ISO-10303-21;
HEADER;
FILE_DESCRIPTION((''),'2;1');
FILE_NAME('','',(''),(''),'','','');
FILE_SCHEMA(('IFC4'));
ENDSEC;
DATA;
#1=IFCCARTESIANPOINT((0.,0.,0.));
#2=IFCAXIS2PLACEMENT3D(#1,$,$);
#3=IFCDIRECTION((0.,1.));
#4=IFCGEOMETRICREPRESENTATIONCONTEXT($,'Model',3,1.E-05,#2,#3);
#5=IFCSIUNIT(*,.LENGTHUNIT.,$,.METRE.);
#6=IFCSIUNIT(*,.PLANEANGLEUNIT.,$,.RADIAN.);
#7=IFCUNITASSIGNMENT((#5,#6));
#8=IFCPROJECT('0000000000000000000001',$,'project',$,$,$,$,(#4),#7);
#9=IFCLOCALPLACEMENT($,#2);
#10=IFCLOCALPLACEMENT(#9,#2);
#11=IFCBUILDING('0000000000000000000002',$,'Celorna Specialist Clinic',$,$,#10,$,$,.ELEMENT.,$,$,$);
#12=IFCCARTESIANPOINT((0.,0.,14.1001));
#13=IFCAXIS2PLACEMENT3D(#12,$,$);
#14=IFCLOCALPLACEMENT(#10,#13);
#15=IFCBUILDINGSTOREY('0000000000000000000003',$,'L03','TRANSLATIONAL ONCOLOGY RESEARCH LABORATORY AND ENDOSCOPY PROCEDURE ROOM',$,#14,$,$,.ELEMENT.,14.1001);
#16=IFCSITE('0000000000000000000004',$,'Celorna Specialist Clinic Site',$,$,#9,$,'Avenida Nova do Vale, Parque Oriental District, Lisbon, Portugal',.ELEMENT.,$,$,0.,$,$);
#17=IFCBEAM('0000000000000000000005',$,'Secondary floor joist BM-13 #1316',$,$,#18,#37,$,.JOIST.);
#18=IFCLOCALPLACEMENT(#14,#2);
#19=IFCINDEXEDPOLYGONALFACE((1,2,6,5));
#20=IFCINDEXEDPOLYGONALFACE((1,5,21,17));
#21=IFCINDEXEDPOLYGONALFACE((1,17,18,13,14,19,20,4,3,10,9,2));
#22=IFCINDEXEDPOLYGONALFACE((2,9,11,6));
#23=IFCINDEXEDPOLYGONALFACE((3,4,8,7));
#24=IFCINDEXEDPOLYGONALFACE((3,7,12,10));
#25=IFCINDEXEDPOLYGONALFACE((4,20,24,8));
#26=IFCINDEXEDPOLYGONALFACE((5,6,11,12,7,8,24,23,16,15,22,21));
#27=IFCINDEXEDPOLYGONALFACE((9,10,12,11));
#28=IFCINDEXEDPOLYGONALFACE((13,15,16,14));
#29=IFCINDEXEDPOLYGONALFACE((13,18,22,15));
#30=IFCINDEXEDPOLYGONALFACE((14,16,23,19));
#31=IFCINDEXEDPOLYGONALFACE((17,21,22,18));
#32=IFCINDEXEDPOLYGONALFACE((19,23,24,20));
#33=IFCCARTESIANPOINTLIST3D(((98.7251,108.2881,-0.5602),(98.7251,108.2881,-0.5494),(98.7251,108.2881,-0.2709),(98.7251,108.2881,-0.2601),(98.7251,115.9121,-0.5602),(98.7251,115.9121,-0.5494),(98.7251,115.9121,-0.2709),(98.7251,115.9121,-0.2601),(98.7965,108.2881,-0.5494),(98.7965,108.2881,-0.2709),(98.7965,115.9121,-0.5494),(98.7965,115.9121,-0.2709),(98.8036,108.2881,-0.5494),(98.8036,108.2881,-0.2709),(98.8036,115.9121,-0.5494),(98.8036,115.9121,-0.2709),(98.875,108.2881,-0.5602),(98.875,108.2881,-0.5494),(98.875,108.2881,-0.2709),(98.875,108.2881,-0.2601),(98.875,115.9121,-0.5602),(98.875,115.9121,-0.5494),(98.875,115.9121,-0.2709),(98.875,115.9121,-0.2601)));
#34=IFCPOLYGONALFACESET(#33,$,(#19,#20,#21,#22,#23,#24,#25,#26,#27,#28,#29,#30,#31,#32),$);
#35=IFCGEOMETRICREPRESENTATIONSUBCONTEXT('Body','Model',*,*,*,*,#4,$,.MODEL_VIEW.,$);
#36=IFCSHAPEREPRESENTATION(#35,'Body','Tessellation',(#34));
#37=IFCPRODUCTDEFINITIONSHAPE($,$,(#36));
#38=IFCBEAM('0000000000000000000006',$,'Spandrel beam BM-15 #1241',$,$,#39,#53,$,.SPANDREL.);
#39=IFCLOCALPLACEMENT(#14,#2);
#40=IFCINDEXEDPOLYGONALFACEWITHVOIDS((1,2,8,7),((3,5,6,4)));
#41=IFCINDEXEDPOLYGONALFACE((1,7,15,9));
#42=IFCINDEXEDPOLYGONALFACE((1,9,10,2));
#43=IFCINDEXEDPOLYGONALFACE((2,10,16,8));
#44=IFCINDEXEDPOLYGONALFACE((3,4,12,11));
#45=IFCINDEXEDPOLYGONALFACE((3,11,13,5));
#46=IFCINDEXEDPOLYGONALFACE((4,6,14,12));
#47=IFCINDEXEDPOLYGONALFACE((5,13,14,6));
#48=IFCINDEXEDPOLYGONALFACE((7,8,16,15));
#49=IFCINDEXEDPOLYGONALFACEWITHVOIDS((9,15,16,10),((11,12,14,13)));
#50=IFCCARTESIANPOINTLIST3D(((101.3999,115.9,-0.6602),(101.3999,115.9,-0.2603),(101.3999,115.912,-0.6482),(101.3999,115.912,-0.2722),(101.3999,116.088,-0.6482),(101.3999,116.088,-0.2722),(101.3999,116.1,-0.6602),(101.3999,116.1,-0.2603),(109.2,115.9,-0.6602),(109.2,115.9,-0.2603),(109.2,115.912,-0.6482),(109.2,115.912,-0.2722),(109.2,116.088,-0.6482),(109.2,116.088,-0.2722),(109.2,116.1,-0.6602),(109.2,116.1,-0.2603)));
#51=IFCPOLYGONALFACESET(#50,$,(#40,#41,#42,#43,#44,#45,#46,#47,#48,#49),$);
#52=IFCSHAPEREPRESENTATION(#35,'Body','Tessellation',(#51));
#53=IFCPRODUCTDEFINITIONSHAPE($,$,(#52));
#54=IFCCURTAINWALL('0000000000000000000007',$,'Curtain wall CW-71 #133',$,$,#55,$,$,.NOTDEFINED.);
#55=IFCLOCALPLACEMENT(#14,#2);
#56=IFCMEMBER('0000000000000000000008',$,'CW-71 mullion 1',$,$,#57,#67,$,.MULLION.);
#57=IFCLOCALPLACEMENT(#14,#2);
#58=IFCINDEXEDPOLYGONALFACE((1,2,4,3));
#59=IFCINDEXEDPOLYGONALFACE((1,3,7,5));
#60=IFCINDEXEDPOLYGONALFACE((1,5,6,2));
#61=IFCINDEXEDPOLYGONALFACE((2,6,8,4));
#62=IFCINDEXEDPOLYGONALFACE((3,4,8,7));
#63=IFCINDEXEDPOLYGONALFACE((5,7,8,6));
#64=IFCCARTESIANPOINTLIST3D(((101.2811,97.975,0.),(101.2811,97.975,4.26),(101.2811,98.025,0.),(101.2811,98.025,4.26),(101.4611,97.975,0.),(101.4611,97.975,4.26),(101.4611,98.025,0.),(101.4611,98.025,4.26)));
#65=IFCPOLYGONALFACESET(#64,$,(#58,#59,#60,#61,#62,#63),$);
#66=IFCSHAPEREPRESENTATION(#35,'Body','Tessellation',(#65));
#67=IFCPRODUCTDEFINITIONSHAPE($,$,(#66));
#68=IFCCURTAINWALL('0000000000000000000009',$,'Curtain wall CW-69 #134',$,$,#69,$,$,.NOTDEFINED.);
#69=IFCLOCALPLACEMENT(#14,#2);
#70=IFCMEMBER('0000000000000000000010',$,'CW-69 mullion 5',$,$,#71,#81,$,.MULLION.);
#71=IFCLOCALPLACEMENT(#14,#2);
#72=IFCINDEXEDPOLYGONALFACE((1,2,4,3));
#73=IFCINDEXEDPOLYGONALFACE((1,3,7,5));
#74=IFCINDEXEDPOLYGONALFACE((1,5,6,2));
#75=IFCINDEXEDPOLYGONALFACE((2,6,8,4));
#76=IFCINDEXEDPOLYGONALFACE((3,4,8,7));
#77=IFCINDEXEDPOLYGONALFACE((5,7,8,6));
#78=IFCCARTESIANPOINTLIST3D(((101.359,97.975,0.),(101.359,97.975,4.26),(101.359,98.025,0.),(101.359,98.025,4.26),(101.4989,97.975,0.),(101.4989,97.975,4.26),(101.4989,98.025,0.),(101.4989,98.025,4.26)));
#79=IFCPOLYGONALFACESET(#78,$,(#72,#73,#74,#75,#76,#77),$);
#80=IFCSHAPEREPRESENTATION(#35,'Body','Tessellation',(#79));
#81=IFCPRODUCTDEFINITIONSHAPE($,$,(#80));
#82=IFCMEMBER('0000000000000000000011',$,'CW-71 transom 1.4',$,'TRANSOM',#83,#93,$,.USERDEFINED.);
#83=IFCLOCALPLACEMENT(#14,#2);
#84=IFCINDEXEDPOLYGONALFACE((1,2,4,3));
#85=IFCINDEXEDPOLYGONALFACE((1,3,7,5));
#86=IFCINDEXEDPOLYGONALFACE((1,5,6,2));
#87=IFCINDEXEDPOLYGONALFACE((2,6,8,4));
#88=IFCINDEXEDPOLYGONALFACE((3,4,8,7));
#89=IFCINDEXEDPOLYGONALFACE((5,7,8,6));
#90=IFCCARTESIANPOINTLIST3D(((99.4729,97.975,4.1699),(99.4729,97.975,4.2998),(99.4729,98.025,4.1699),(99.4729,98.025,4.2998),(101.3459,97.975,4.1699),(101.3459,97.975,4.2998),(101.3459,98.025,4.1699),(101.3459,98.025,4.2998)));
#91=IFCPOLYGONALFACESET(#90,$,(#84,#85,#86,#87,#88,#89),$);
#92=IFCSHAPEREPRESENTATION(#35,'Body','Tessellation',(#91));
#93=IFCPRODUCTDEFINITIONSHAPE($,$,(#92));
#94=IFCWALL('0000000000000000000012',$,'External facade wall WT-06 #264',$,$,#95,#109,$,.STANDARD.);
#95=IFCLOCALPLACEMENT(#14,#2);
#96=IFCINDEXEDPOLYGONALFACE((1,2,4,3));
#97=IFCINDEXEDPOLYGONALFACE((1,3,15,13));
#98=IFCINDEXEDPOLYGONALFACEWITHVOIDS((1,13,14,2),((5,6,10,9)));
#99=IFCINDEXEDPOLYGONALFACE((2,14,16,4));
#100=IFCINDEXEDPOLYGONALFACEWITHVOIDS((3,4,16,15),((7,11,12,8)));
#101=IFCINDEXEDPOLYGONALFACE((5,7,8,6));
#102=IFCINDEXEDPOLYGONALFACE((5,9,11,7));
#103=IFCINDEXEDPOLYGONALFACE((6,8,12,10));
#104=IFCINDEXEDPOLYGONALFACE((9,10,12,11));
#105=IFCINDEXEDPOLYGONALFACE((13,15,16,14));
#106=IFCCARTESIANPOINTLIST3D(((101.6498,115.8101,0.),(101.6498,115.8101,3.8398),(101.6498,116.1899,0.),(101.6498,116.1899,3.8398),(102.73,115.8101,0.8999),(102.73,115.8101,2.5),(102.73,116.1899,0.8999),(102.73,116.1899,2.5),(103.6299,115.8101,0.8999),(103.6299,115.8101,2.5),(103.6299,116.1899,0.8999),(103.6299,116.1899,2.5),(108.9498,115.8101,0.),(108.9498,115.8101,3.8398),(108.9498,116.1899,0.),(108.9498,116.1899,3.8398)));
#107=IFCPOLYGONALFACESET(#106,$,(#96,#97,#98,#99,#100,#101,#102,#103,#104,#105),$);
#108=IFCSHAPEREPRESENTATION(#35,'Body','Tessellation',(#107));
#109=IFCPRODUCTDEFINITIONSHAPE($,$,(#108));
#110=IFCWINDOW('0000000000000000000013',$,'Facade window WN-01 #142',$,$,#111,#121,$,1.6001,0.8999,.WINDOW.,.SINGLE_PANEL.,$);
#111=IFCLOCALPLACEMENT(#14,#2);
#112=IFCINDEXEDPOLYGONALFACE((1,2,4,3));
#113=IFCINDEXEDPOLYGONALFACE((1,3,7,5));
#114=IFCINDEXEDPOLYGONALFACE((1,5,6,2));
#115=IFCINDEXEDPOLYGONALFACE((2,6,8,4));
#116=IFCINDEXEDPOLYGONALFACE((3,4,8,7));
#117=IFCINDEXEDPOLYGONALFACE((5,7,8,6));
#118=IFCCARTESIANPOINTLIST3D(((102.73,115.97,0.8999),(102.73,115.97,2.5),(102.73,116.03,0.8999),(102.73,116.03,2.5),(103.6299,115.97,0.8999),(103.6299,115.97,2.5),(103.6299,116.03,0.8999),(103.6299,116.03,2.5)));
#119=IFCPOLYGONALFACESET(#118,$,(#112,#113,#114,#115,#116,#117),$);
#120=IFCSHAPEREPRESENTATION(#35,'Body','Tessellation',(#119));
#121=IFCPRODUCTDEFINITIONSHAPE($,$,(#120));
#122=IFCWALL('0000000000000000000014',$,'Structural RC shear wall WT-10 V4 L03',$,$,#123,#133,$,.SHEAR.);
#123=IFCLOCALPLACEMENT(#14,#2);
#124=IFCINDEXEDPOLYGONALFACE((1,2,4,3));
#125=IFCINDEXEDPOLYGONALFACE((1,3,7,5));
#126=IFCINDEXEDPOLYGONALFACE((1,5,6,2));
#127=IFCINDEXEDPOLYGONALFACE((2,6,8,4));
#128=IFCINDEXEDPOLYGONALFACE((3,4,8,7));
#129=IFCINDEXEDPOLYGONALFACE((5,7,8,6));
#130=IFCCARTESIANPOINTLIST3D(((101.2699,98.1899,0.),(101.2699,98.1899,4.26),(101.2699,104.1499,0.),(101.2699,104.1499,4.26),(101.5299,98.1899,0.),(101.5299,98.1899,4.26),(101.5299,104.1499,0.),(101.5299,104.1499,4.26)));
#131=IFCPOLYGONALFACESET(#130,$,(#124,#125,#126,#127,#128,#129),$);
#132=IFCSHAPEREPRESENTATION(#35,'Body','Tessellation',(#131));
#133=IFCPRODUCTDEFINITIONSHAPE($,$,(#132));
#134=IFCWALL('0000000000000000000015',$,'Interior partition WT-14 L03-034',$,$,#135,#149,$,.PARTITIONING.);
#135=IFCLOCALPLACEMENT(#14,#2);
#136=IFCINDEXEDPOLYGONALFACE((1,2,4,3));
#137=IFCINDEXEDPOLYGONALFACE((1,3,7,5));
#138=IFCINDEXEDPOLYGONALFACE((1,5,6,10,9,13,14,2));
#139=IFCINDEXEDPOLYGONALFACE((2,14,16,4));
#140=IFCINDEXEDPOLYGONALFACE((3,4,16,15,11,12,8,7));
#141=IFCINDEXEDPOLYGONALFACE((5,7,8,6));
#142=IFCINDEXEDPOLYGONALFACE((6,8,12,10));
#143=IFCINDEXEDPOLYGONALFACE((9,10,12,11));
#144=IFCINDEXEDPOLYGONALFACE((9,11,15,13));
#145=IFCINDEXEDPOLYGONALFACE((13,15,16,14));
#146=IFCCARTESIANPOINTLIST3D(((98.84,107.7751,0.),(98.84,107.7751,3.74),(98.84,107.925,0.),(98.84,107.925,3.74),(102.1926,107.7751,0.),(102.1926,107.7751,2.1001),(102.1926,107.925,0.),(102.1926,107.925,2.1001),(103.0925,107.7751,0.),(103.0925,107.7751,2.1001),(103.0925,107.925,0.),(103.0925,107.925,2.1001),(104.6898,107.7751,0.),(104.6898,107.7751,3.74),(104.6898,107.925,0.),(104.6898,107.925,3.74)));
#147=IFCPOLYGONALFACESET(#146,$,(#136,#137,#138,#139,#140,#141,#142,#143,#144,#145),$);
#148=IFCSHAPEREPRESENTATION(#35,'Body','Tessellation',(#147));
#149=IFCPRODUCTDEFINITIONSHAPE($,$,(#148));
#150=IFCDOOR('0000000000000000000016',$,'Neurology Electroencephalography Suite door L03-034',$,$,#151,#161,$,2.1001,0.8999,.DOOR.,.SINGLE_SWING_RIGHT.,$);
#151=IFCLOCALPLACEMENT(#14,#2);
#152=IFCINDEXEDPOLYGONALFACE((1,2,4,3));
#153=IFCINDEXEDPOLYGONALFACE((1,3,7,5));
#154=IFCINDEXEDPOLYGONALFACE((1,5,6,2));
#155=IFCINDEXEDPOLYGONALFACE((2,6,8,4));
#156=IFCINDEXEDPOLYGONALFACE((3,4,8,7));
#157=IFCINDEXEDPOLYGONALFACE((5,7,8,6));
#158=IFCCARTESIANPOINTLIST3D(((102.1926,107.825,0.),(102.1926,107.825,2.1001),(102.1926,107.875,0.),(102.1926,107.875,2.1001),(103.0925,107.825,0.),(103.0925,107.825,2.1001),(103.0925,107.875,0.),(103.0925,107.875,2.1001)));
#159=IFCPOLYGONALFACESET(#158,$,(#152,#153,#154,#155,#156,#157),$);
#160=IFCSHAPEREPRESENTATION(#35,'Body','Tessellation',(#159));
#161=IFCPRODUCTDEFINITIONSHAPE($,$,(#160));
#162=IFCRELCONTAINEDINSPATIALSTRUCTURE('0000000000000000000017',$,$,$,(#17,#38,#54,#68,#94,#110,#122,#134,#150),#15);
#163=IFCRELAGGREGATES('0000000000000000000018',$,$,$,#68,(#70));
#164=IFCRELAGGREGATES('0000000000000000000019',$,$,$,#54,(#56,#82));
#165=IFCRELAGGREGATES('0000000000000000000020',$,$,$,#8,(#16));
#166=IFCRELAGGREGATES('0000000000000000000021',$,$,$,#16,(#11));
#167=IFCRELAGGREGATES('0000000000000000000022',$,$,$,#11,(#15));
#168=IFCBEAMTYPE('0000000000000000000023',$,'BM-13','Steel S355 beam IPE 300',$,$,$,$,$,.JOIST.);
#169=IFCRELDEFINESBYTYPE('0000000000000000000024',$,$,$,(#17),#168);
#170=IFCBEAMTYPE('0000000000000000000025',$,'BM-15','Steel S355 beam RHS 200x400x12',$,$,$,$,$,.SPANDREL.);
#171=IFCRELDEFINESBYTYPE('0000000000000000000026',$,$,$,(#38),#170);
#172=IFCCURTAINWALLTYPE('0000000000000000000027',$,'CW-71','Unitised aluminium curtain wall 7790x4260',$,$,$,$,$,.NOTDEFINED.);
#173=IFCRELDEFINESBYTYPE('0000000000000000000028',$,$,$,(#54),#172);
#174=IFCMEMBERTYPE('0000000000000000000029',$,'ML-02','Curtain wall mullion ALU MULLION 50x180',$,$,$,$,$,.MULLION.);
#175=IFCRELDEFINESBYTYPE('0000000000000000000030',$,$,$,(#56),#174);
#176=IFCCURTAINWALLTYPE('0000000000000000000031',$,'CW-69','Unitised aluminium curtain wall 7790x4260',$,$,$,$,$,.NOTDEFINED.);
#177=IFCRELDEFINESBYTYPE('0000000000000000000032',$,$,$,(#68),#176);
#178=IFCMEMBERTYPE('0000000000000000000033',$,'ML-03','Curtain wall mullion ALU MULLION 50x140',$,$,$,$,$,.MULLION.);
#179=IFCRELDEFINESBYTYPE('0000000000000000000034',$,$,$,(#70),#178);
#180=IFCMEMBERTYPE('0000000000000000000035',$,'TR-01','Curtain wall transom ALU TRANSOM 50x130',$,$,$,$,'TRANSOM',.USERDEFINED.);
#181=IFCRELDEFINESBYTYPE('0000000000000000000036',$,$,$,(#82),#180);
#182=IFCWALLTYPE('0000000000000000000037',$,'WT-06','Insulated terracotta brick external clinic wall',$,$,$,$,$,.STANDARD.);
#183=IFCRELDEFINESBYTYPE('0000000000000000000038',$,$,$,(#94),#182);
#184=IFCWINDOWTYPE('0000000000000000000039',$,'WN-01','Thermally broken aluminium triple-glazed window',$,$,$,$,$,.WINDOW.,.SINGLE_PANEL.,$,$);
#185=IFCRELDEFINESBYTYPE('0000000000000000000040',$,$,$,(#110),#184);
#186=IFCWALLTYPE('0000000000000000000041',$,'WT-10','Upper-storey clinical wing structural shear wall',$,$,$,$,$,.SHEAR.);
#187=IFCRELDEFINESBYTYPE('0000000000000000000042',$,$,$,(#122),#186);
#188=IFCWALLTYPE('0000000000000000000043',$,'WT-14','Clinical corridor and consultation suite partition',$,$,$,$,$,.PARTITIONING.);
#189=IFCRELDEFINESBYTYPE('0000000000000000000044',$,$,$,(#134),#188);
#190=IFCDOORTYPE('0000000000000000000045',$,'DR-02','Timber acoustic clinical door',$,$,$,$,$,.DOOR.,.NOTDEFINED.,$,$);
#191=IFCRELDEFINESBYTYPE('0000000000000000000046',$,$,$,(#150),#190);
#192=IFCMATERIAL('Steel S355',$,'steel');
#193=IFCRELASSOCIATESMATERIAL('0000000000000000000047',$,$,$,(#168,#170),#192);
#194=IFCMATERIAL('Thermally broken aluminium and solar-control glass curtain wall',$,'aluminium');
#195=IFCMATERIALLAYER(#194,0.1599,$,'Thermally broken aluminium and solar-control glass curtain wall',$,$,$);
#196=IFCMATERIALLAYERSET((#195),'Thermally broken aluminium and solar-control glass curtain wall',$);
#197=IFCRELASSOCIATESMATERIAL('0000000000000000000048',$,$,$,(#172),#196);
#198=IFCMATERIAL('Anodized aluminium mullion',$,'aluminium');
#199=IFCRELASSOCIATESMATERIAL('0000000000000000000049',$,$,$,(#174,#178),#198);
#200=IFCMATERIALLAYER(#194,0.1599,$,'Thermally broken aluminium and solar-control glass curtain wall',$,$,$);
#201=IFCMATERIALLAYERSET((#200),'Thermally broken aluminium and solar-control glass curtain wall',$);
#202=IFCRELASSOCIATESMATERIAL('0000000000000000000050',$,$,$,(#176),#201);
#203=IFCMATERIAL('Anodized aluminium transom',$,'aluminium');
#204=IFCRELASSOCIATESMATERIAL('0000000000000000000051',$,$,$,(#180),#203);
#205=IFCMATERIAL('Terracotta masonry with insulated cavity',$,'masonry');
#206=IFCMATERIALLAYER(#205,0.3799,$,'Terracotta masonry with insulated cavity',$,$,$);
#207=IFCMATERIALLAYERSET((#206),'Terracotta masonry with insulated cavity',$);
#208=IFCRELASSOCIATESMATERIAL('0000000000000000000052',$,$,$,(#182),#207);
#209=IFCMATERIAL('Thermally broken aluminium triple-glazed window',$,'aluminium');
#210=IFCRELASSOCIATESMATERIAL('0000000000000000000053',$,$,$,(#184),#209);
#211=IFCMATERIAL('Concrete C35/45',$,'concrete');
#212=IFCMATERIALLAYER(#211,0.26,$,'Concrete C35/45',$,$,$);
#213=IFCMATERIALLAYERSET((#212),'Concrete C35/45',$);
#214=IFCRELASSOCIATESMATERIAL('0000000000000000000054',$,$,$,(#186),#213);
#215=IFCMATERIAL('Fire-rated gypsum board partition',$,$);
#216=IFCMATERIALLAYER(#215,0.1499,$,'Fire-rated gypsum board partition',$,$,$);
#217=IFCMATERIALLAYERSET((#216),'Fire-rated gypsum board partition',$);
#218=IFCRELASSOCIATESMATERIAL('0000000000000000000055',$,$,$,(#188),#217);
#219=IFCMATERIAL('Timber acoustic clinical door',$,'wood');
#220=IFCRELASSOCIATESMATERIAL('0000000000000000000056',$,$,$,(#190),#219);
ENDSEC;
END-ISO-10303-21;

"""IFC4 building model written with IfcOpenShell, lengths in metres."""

from ifc_helpers import new_model, si_unit, direction, frame, frame_2d, origin, origin_2d, place, context, subcontext, project, spatial, rectangle, hollow_rectangle, i_section, extrude, material, layer, layer_set, material_profile, profile_set, type_object, element, fill, aggregate, save


model = new_model("IFC4")

# Units and contexts
model_context = context("Model", 3, precision=1e-05, world=origin(), true_north=direction((0.0, 1.0)))
body_context = subcontext(model_context, "Body", "Model", "MODEL_VIEW")
ifc_project = project(units=[si_unit("LENGTHUNIT", "METRE"), si_unit("PLANEANGLEUNIT", "RADIAN")], contexts=[model_context])

# Site, building, storey
site_placement = place(None, origin())
site = spatial("IfcSite", under=ifc_project, at=site_placement, Name="Celorna Specialist Clinic Site", LongName="Avenida Nova do Vale, Parque Oriental District, Lisbon, Portugal", CompositionType="ELEMENT", RefElevation=0.0)
building_placement = place(site_placement, origin())
building = spatial("IfcBuilding", under=site, at=building_placement, Name="Celorna Specialist Clinic", CompositionType="ELEMENT")
storey_placement = place(building_placement, frame((0.0, 0.0, 14.1001)))
storey = spatial("IfcBuildingStorey", under=building, at=storey_placement, Name="L03", Description="TRANSLATIONAL ONCOLOGY RESEARCH LABORATORY AND ENDOSCOPY PROCEDURE ROOM", CompositionType="ELEMENT", Elevation=14.1001)

# Shared definitions
ifc_material_1 = material(Name="Concrete C35/45", Category="concrete")

# Beams
ifc_material_2 = material(Name="Steel S355", Category="steel")
ifc_material_profile_1 = material_profile(ifc_material_2, i_section(OverallWidth=0.1499, OverallDepth=0.3, WebThickness=0.0071, FlangeThickness=0.0107, at=origin_2d()), Name="IPE 300")
ifc_profile_set_1 = profile_set([ifc_material_profile_1], Name="Steel S355")
beam_type_1 = type_object("IfcBeamType", Name="BM-13", Description="Steel S355 beam IPE 300", PredefinedType="JOIST", material=ifc_profile_set_1)
for number, where, z_axis, x_axis, name in (
    (1, (98.8, 108.2881, -0.4102), (0.0, 1.0, 0.0), (-1.0, 0.0, 0.0), "Secondary floor joist BM-13 #1316"),
):
    element("IfcBeam", number, at=place(storey_placement, frame(where, z_axis=z_axis, x_axis=x_axis)), inside=storey, type_object=beam_type_1, Name=name, PredefinedType="JOIST", context=body_context, shape_type="SweptSolid", body=[
        extrude(i_section(OverallWidth=0.1499, OverallDepth=0.3, WebThickness=0.0071, FlangeThickness=0.0107, at=origin_2d()), origin(), (0.0, 0.0, 1.0), 7.624),
    ])
ifc_material_profile_2 = material_profile(ifc_material_2, hollow_rectangle(XDim=0.2, YDim=0.3999, WallThickness=0.012, at=origin_2d()), Name="RHS 200x400x12")
ifc_profile_set_2 = profile_set([ifc_material_profile_2], Name="Steel S355")
beam_type_2 = type_object("IfcBeamType", Name="BM-15", Description="Steel S355 beam RHS 200x400x12", PredefinedType="SPANDREL", material=ifc_profile_set_2)
beam_1_placement = place(storey_placement, frame((101.3999, 116.0, -0.4602), z_axis=(1.0, 0.0, 0.0), x_axis=(0.0, 1.0, 0.0)))
element("IfcBeam", 2, at=beam_1_placement, inside=storey, type_object=beam_type_2, Name="Spandrel beam BM-15 #1241", PredefinedType="SPANDREL", context=body_context, shape_type="SweptSolid", body=[
    extrude(hollow_rectangle(XDim=0.2, YDim=0.3999, WallThickness=0.012, at=origin_2d()), origin(), (0.0, 0.0, 1.0), 7.8),
])

# Curtain walls, members
ifc_material_3 = material(Name="Thermally broken aluminium and solar-control glass curtain wall", Category="aluminium")
ifc_layer_1 = layer(ifc_material_3, 0.1599, Name="Thermally broken aluminium and solar-control glass curtain wall")
ifc_layer_set_1 = layer_set([ifc_layer_1], Name="Thermally broken aluminium and solar-control glass curtain wall")
curtain_wall_type_1 = type_object("IfcCurtainWallType", Name="CW-71", Description="Unitised aluminium curtain wall 7790x4260", PredefinedType="NOTDEFINED", material=ifc_layer_set_1)
curtain_wall_1_placement = place(storey_placement, origin())
curtain_wall_1 = element("IfcCurtainWall", 3, at=curtain_wall_1_placement, inside=storey, type_object=curtain_wall_type_1, Name="Curtain wall CW-71 #133", PredefinedType="NOTDEFINED")
ifc_material_4 = material(Name="Anodized aluminium mullion", Category="aluminium")
ifc_material_profile_3 = material_profile(ifc_material_4, rectangle(XDim=0.05, YDim=0.1799, at=origin_2d()), Name="ALU MULLION 50x180")
ifc_profile_set_3 = profile_set([ifc_material_profile_3], Name="Anodized aluminium mullion")
member_type_1 = type_object("IfcMemberType", Name="ML-02", Description="Curtain wall mullion ALU MULLION 50x180", PredefinedType="MULLION", material=ifc_profile_set_3)
member_1_placement = place(storey_placement, frame((101.3711, 98.0, 0.0), z_axis=(0.0, 0.0, 1.0), x_axis=(0.0, -1.0, 0.0)))
member_1 = element("IfcMember", 4, at=member_1_placement, type_object=member_type_1, Name="CW-71 mullion 1", PredefinedType="MULLION", context=body_context, shape_type="SweptSolid", body=[
    extrude(rectangle(XDim=0.05, YDim=0.1799, at=origin_2d()), origin(), (0.0, 0.0, 1.0), 4.26),
])
ifc_layer_2 = layer(ifc_material_3, 0.1599, Name="Thermally broken aluminium and solar-control glass curtain wall")
ifc_layer_set_2 = layer_set([ifc_layer_2], Name="Thermally broken aluminium and solar-control glass curtain wall")
curtain_wall_type_2 = type_object("IfcCurtainWallType", Name="CW-69", Description="Unitised aluminium curtain wall 7790x4260", PredefinedType="NOTDEFINED", material=ifc_layer_set_2)
curtain_wall_2_placement = place(storey_placement, origin())
curtain_wall_2 = element("IfcCurtainWall", 5, at=curtain_wall_2_placement, inside=storey, type_object=curtain_wall_type_2, Name="Curtain wall CW-69 #134", PredefinedType="NOTDEFINED")
ifc_material_profile_4 = material_profile(ifc_material_4, rectangle(XDim=0.05, YDim=0.1399, at=origin_2d()), Name="ALU MULLION 50x140")
ifc_profile_set_4 = profile_set([ifc_material_profile_4], Name="Anodized aluminium mullion")
member_type_2 = type_object("IfcMemberType", Name="ML-03", Description="Curtain wall mullion ALU MULLION 50x140", PredefinedType="MULLION", material=ifc_profile_set_4)
member_2_placement = place(storey_placement, frame((101.429, 98.0, 0.0), z_axis=(0.0, 0.0, 1.0), x_axis=(0.0, -1.0, 0.0)))
member_2 = element("IfcMember", 6, at=member_2_placement, type_object=member_type_2, Name="CW-69 mullion 5", PredefinedType="MULLION", context=body_context, shape_type="SweptSolid", body=[
    extrude(rectangle(XDim=0.05, YDim=0.1399, at=origin_2d()), origin(), (0.0, 0.0, 1.0), 4.26),
])
aggregate(curtain_wall_2, [member_2])

# Member
ifc_material_5 = material(Name="Anodized aluminium transom", Category="aluminium")
ifc_material_profile_5 = material_profile(ifc_material_5, rectangle(XDim=0.05, YDim=0.1299, at=origin_2d()), Name="ALU TRANSOM 50x130")
ifc_profile_set_5 = profile_set([ifc_material_profile_5], Name="Anodized aluminium transom")
member_type_3 = type_object("IfcMemberType", Name="TR-01", Description="Curtain wall transom ALU TRANSOM 50x130", ElementType="TRANSOM", PredefinedType="USERDEFINED", material=ifc_profile_set_5)
member_3_placement = place(storey_placement, frame((101.3459, 98.0, 4.2349), z_axis=(-1.0, 0.0, 0.0), x_axis=(0.0, -1.0, 0.0)))
member_3 = element("IfcMember", 7, at=member_3_placement, type_object=member_type_3, Name="CW-71 transom 1.4", ObjectType="TRANSOM", PredefinedType="USERDEFINED", context=body_context, shape_type="SweptSolid", body=[
    extrude(rectangle(XDim=0.05, YDim=0.1299, at=origin_2d()), origin(), (0.0, 0.0, 1.0), 1.873),
])
aggregate(curtain_wall_1, [member_1, member_3])

# Wall, opening, window
ifc_material_6 = material(Name="Terracotta masonry with insulated cavity", Category="masonry")
ifc_layer_3 = layer(ifc_material_6, 0.3799, Name="Terracotta masonry with insulated cavity")
ifc_layer_set_3 = layer_set([ifc_layer_3], Name="Terracotta masonry with insulated cavity")
wall_type_1 = type_object("IfcWallType", Name="WT-06", Description="Insulated terracotta brick external clinic wall", PredefinedType="STANDARD", material=ifc_layer_set_3)
wall_1_placement = place(storey_placement, frame((101.6499, 116.0, 0.0), z_axis=(0.0, 0.0, 1.0), x_axis=(1.0, 0.0, 0.0)))
wall_1 = element("IfcWall", 8, at=wall_1_placement, inside=storey, type_object=wall_type_1, Name="External facade wall WT-06 #264", PredefinedType="STANDARD", context=body_context, shape_type="SweptSolid", body=[
    extrude(rectangle(XDim=7.3, YDim=0.3799, at=frame_2d((3.6499, 0.0))), origin(), (0.0, 0.0, 1.0), 3.8398),
])
opening_1_placement = place(wall_1_placement, frame((1.0801, 0.0, 0.8999)))
opening_1 = element("IfcOpeningElement", 9, at=opening_1_placement, cuts=wall_1, PredefinedType="OPENING", context=body_context, shape_type="SweptSolid", body=[
    extrude(rectangle(XDim=0.8999, YDim=1.6001, at=frame_2d((0.45, 0.8))), frame((0.0, 0.2, 0.0), z_axis=(0.0, -1.0, 0.0), x_axis=(1.0, 0.0, 0.0)), (0.0, 0.0, 1.0), 0.3999),
])
ifc_material_7 = material(Name="Thermally broken aluminium triple-glazed window", Category="aluminium")
window_type = type_object("IfcWindowType", Name="WN-01", Description="Thermally broken aluminium triple-glazed window", PartitioningType="SINGLE_PANEL", PredefinedType="WINDOW", material=ifc_material_7)
window_placement = place(opening_1_placement, origin())
window = element("IfcWindow", 10, at=window_placement, inside=storey, type_object=window_type, Name="Facade window WN-01 #142", OverallHeight=1.6001, OverallWidth=0.8999, PartitioningType="SINGLE_PANEL", PredefinedType="WINDOW", context=body_context, shape_type="SweptSolid", body=[
    extrude(rectangle(XDim=0.8999, YDim=1.6001, at=frame_2d((0.45, 0.8))), frame((0.0, 0.03, 0.0), z_axis=(0.0, -1.0, 0.0), x_axis=(1.0, 0.0, 0.0)), (0.0, 0.0, 1.0), 0.0601),
])
fill(opening_1, window)

# Wall
ifc_layer_4 = layer(ifc_material_1, 0.26, Name="Concrete C35/45")
ifc_layer_set_4 = layer_set([ifc_layer_4], Name="Concrete C35/45")
wall_type_2 = type_object("IfcWallType", Name="WT-10", Description="Upper-storey clinical wing structural shear wall", PredefinedType="SHEAR", material=ifc_layer_set_4)
wall_2_placement = place(storey_placement, frame((101.3999, 98.1899, 0.0), z_axis=(0.0, 0.0, 1.0), x_axis=(0.0, 1.0, 0.0)))
element("IfcWall", 11, at=wall_2_placement, inside=storey, type_object=wall_type_2, Name="Structural RC shear wall WT-10 V4 L03", PredefinedType="SHEAR", context=body_context, shape_type="SweptSolid", body=[
    extrude(rectangle(XDim=5.96, YDim=0.26, at=frame_2d((2.98, 0.0))), origin(), (0.0, 0.0, 1.0), 4.26),
])

# Wall, opening, door
ifc_material_8 = material(Name="Fire-rated gypsum board partition")
ifc_layer_5 = layer(ifc_material_8, 0.1499, Name="Fire-rated gypsum board partition")
ifc_layer_set_5 = layer_set([ifc_layer_5], Name="Fire-rated gypsum board partition")
wall_type_3 = type_object("IfcWallType", Name="WT-14", Description="Clinical corridor and consultation suite partition", PredefinedType="PARTITIONING", material=ifc_layer_set_5)
wall_3_placement = place(storey_placement, frame((98.8401, 107.8501, 0.0), z_axis=(0.0, 0.0, 1.0), x_axis=(1.0, 0.0, 0.0)))
wall_3 = element("IfcWall", 12, at=wall_3_placement, inside=storey, type_object=wall_type_3, Name="Interior partition WT-14 L03-034", PredefinedType="PARTITIONING", context=body_context, shape_type="SweptSolid", body=[
    extrude(rectangle(XDim=5.8499, YDim=0.1499, at=frame_2d((2.9248, 0.0))), origin(), (0.0, 0.0, 1.0), 3.74),
])
opening_2_placement = place(wall_3_placement, frame((3.3525, 0.0, 0.0)))
opening_2 = element("IfcOpeningElement", 13, at=opening_2_placement, cuts=wall_3, PredefinedType="OPENING", context=body_context, shape_type="SweptSolid", body=[
    extrude(rectangle(XDim=0.8999, YDim=2.1001, at=frame_2d((0.45, 1.05))), frame((0.0, 0.085, 0.0), z_axis=(0.0, -1.0, 0.0), x_axis=(1.0, 0.0, 0.0)), (0.0, 0.0, 1.0), 0.1699),
])
ifc_material_9 = material(Name="Timber acoustic clinical door", Category="wood")
door_type_1 = type_object("IfcDoorType", Name="DR-02", Description="Timber acoustic clinical door", OperationType="NOTDEFINED", PredefinedType="DOOR", material=ifc_material_9)
door_1_placement = place(opening_2_placement, origin())
door_1 = element("IfcDoor", 14, at=door_1_placement, inside=storey, type_object=door_type_1, Name="Neurology Electroencephalography Suite door L03-034", OperationType="SINGLE_SWING_RIGHT", OverallHeight=2.1001, OverallWidth=0.8999, PredefinedType="DOOR", context=body_context, shape_type="SweptSolid", body=[
    extrude(rectangle(XDim=0.8999, YDim=2.1001, at=frame_2d((0.45, 1.05))), frame((0.0, 0.0249, 0.0), z_axis=(0.0, -1.0, 0.0), x_axis=(1.0, 0.0, 0.0)), (0.0, 0.0, 1.0), 0.05),
])
fill(opening_2, door_1)

save(model, "model.ifc")
